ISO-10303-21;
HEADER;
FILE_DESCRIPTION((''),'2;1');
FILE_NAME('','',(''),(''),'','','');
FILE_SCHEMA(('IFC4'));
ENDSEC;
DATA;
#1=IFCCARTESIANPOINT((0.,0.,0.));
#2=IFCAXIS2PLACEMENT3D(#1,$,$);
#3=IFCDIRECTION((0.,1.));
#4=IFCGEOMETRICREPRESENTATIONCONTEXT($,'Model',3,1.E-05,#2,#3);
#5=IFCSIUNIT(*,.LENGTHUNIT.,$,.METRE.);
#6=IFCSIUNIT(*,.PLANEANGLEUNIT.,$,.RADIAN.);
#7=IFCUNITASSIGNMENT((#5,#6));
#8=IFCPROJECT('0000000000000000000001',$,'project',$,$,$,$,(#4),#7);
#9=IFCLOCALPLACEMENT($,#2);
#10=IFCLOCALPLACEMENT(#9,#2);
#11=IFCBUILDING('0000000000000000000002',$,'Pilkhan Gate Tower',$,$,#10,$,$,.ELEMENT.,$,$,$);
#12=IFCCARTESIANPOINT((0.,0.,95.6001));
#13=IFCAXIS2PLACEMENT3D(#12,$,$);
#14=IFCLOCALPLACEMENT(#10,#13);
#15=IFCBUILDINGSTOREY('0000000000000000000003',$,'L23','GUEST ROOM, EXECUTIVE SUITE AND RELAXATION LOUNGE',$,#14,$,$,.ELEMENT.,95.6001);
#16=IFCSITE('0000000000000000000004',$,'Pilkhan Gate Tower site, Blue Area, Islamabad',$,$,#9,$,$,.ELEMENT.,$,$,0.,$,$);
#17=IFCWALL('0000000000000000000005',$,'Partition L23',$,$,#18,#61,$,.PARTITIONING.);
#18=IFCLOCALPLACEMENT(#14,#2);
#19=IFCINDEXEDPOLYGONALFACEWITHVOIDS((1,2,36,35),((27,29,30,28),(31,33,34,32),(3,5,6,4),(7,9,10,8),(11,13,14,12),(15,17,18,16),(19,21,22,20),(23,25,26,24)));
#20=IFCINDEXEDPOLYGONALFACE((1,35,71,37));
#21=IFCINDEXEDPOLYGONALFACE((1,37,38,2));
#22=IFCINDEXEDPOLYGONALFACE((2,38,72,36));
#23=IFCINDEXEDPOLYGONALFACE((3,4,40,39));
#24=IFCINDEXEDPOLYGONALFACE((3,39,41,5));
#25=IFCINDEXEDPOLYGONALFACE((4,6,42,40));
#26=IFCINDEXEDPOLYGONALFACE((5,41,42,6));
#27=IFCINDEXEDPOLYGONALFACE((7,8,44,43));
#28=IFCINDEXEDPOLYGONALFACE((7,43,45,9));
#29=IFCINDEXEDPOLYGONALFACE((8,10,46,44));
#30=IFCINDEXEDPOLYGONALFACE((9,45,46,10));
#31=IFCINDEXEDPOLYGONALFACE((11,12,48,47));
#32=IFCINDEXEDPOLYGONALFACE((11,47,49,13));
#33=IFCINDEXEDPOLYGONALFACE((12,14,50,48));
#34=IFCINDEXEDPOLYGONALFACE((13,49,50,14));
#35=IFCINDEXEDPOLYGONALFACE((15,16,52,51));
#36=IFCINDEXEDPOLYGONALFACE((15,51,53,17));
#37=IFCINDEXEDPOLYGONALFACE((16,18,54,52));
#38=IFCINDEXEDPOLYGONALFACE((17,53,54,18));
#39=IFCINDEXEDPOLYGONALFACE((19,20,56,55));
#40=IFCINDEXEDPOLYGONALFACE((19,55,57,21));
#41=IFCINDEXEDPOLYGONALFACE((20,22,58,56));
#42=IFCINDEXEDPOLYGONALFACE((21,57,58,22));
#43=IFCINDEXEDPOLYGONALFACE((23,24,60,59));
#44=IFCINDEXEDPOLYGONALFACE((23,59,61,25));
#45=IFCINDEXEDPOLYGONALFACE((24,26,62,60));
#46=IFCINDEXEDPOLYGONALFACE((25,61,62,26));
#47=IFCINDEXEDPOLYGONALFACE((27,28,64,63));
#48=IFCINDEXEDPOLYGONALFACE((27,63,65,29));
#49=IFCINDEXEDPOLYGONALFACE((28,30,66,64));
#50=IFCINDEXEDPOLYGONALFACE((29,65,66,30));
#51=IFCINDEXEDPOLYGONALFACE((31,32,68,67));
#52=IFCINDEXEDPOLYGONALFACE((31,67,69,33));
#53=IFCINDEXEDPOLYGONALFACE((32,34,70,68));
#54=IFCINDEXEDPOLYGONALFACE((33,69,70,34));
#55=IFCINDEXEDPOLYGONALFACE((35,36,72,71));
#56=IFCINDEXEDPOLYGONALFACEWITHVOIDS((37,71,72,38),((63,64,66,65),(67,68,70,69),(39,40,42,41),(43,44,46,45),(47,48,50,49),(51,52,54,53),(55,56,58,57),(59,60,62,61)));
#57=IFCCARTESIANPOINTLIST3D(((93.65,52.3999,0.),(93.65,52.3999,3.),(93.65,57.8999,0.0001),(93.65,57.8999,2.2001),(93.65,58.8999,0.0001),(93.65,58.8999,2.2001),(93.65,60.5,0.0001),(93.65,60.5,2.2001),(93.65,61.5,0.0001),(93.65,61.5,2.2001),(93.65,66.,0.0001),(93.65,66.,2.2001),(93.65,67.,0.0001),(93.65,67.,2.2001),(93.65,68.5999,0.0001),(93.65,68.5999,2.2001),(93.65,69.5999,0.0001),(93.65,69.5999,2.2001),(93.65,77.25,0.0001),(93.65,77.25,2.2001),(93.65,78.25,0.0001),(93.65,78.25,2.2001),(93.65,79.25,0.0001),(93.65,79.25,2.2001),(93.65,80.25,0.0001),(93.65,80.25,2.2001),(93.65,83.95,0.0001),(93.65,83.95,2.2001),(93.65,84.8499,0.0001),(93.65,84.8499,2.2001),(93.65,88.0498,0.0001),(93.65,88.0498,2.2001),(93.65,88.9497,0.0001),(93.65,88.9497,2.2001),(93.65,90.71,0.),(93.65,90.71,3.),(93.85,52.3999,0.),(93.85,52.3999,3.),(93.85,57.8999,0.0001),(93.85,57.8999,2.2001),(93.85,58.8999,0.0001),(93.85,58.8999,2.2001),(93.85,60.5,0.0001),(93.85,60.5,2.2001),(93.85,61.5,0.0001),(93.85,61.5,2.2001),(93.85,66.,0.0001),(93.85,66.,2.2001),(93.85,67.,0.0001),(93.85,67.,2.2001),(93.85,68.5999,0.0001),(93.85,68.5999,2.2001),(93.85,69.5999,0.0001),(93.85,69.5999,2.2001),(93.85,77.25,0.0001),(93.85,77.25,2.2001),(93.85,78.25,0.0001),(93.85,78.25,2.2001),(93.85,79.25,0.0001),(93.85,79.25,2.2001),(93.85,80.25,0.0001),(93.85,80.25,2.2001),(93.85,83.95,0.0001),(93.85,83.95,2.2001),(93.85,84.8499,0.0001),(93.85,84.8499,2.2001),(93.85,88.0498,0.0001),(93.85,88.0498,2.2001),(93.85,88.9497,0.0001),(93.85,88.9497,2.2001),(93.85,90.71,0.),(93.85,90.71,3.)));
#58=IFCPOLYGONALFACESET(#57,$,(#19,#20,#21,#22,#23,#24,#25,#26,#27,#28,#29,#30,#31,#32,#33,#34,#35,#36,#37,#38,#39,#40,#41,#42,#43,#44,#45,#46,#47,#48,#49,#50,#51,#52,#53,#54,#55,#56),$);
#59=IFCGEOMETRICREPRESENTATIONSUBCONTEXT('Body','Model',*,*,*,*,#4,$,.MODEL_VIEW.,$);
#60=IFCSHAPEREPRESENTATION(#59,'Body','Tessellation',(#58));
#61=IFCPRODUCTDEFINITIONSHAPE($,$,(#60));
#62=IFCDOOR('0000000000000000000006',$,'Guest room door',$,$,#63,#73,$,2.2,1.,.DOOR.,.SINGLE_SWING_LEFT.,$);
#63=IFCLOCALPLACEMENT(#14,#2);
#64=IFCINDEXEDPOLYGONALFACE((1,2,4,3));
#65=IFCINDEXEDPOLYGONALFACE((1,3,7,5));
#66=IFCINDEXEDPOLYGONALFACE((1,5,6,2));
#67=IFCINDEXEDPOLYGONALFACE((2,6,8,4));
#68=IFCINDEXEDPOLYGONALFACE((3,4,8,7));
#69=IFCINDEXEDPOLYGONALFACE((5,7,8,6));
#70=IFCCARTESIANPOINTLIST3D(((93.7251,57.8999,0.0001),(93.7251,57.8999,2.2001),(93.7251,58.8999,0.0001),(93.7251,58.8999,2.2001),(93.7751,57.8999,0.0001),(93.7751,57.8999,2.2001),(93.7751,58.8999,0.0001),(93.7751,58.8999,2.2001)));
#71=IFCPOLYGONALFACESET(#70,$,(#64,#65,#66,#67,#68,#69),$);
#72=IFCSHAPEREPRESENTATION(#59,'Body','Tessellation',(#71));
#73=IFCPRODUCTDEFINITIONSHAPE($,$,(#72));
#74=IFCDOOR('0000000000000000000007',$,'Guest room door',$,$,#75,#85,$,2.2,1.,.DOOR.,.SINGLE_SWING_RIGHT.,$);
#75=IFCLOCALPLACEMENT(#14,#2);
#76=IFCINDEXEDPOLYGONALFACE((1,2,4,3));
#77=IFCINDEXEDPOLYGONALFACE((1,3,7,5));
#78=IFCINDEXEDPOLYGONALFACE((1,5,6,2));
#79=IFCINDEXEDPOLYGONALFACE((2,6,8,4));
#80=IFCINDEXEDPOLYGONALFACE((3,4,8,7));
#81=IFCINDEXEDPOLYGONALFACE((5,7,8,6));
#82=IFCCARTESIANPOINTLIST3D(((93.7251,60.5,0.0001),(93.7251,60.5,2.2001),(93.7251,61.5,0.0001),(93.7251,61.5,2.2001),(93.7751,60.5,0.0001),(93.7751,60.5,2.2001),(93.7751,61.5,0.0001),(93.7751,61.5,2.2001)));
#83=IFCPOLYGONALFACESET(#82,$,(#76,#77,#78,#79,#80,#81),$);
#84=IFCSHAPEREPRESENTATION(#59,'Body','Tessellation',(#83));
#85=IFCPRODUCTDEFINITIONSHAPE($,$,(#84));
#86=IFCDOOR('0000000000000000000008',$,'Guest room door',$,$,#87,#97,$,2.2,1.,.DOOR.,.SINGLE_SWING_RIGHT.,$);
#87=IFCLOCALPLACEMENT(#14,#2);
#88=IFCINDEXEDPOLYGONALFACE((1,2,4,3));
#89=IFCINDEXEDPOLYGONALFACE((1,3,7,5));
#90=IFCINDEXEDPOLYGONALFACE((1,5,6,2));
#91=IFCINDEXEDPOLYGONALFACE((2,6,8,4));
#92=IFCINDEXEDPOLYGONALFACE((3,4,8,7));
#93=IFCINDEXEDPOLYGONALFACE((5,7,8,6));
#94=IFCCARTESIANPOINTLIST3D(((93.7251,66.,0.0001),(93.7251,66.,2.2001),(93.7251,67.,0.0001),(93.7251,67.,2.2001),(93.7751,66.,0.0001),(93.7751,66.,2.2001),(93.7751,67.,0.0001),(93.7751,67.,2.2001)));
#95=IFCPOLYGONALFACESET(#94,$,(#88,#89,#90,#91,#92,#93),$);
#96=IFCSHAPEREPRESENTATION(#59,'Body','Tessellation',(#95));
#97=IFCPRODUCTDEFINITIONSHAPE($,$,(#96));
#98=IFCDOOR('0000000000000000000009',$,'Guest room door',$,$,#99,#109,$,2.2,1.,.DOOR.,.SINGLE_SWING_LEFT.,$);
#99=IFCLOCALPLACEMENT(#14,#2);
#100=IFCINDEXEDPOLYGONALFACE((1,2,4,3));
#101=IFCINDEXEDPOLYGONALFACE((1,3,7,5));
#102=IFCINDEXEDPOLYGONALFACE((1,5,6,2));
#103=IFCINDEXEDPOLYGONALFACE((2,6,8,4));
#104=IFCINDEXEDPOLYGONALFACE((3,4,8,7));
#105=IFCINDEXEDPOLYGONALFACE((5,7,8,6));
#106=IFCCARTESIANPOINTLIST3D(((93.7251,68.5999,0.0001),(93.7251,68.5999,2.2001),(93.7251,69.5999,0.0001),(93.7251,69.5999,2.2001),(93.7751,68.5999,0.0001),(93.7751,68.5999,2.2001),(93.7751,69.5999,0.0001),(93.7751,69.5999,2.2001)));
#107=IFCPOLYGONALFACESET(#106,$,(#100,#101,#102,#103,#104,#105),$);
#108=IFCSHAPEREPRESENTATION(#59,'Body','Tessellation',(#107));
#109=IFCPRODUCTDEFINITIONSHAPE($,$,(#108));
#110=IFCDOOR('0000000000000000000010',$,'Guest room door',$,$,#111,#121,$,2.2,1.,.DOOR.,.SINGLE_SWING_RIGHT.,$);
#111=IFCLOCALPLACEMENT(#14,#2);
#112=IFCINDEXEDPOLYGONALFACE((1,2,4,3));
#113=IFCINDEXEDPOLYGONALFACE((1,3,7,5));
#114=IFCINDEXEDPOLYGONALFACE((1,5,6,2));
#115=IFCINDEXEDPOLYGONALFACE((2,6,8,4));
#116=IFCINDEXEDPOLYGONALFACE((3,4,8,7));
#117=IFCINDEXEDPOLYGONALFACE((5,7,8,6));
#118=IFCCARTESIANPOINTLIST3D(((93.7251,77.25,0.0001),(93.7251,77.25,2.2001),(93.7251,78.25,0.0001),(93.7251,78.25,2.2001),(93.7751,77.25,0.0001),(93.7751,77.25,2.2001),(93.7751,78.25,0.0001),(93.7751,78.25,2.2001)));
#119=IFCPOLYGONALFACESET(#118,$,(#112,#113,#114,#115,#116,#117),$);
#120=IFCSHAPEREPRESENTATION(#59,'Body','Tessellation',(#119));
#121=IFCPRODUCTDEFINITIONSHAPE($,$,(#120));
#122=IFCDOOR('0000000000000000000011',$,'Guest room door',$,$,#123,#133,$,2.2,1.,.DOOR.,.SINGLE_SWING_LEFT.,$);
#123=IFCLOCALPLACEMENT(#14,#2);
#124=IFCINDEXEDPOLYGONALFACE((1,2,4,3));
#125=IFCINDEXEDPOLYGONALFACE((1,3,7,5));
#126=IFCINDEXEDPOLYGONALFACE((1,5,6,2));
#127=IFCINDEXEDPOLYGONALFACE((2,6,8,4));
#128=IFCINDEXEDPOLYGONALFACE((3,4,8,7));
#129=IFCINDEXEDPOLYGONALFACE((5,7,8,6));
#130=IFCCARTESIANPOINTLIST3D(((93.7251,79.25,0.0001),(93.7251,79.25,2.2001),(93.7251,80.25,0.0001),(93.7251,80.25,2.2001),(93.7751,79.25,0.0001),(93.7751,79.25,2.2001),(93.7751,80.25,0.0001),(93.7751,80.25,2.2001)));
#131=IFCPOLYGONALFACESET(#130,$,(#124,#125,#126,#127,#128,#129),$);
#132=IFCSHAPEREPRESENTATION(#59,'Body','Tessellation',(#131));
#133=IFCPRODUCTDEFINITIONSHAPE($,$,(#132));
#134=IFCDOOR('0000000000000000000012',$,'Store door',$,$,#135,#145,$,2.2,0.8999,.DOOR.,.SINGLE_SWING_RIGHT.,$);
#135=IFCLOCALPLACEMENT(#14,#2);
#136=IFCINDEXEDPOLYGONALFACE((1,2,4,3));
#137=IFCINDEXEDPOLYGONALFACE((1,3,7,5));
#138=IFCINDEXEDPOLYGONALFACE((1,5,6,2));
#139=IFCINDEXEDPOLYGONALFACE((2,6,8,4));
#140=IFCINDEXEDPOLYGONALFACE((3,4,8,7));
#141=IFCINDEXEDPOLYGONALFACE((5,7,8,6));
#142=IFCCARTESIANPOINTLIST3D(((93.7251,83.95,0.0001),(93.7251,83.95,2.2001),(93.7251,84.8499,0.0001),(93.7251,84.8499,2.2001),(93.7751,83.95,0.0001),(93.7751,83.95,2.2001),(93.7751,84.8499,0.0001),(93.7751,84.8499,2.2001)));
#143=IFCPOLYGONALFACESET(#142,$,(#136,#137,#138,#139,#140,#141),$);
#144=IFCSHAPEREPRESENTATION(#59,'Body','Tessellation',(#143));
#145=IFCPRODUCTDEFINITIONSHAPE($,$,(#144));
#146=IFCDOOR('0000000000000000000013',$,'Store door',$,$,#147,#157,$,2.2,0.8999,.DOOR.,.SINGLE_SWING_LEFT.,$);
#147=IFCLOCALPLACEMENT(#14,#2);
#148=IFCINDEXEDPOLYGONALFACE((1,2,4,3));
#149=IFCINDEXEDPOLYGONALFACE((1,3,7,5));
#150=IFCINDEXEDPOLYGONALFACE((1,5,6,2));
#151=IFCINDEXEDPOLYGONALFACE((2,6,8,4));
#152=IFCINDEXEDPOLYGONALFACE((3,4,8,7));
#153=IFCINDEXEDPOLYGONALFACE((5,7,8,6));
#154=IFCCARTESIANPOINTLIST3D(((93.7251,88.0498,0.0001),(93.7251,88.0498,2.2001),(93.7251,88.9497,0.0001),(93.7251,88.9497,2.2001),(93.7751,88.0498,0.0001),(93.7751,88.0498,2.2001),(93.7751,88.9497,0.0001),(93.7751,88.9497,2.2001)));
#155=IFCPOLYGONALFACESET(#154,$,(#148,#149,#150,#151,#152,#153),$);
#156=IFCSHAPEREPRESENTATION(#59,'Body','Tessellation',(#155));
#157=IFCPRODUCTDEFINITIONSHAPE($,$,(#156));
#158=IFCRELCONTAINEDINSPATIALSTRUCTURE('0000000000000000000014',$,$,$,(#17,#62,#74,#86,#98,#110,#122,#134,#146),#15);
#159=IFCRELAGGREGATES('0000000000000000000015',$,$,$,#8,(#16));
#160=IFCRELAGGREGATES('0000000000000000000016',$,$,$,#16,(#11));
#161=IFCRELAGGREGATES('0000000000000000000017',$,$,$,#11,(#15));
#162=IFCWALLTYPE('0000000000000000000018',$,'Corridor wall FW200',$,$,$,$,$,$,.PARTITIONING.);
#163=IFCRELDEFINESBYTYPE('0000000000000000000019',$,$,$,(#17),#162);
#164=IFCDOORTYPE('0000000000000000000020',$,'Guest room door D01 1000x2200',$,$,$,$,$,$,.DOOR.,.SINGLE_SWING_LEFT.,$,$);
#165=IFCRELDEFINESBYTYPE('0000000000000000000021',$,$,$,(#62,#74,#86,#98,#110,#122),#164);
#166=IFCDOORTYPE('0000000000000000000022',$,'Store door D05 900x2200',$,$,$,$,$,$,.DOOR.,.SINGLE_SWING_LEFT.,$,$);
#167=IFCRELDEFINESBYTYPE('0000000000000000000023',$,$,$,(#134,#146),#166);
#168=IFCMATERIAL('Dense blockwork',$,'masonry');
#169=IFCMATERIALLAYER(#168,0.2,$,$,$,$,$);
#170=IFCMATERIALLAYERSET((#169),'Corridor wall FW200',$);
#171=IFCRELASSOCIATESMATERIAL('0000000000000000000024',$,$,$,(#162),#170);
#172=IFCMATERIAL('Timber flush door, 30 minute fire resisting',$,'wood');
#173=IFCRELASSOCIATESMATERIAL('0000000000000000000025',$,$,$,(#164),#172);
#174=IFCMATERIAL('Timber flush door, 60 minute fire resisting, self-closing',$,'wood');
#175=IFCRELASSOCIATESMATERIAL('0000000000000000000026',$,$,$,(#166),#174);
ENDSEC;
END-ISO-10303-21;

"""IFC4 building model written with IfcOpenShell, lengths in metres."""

from ifc_helpers import new_model, si_unit, direction, frame, frame_2d, origin, place, context, subcontext, project, spatial, rectangle, extrude, material, layer, layer_set, type_object, element, fill, save


model = new_model("IFC4")

# Units and contexts
model_context = context("Model", 3, precision=1e-05, world=origin(), true_north=direction((0.0, 1.0)))
body_context = subcontext(model_context, "Body", "Model", "MODEL_VIEW")
ifc_project = project(units=[si_unit("LENGTHUNIT", "METRE"), si_unit("PLANEANGLEUNIT", "RADIAN")], contexts=[model_context])

# Site, building, storey
site_placement = place(None, origin())
site = spatial("IfcSite", under=ifc_project, at=site_placement, Name="Pilkhan Gate Tower site, Blue Area, Islamabad", CompositionType="ELEMENT", RefElevation=0.0)
building_placement = place(site_placement, origin())
building = spatial("IfcBuilding", under=site, at=building_placement, Name="Pilkhan Gate Tower", CompositionType="ELEMENT")
storey_placement = place(building_placement, frame((0.0, 0.0, 95.6001)))
storey = spatial("IfcBuildingStorey", under=building, at=storey_placement, Name="L23", Description="GUEST ROOM, EXECUTIVE SUITE AND RELAXATION LOUNGE", CompositionType="ELEMENT", Elevation=95.6001)

# Wall, openings, doors
ifc_material_1 = material(Name="Dense blockwork", Category="masonry")
ifc_layer_1 = layer(ifc_material_1, 0.2)
ifc_layer_set_1 = layer_set([ifc_layer_1], Name="Corridor wall FW200")
wall_type_1 = type_object("IfcWallType", Name="Corridor wall FW200", PredefinedType="PARTITIONING", material=ifc_layer_set_1)
ifc_material_2 = material(Name="Timber flush door, 30 minute fire resisting", Category="wood")
wall_1_placement = place(storey_placement, frame((93.75, 52.3999, 0.0), z_axis=(0.0, 0.0, 1.0), x_axis=(0.0, 1.0, 0.0)))
wall_1 = element("IfcWall", 1, at=wall_1_placement, inside=storey, type_object=wall_type_1, Name="Partition L23", PredefinedType="PARTITIONING", context=body_context, shape_type="SweptSolid", body=[
    extrude(rectangle(XDim=38.3101, YDim=0.2, at=frame_2d((19.155, 0.0))), origin(), (0.0, 0.0, 1.0), 3.0),
])
opening_1_placement = place(wall_1_placement, frame((5.5, 0.0, 0.0)))
opening_1 = element("IfcOpeningElement", 2, at=opening_1_placement, cuts=wall_1, PredefinedType="OPENING", context=body_context, shape_type="SweptSolid", body=[
    extrude(rectangle(XDim=1.0, YDim=2.2, at=frame_2d((0.5, 1.1001))), frame((0.0, 0.1099, 0.0), z_axis=(0.0, -1.0, 0.0), x_axis=(1.0, 0.0, 0.0)), (0.0, 0.0, 1.0), 0.22),
])
opening_2_placement = place(wall_1_placement, frame((8.1001, 0.0, 0.0)))
opening_2 = element("IfcOpeningElement", 3, at=opening_2_placement, cuts=wall_1, PredefinedType="OPENING", context=body_context, shape_type="SweptSolid", body=[
    extrude(rectangle(XDim=1.0, YDim=2.2, at=frame_2d((0.5, 1.1001))), frame((0.0, 0.1099, 0.0), z_axis=(0.0, -1.0, 0.0), x_axis=(1.0, 0.0, 0.0)), (0.0, 0.0, 1.0), 0.22),
])
opening_3_placement = place(wall_1_placement, frame((13.6001, 0.0, 0.0)))
opening_3 = element("IfcOpeningElement", 4, at=opening_3_placement, cuts=wall_1, PredefinedType="OPENING", context=body_context, shape_type="SweptSolid", body=[
    extrude(rectangle(XDim=1.0, YDim=2.2, at=frame_2d((0.5, 1.1001))), frame((0.0, 0.1099, 0.0), z_axis=(0.0, -1.0, 0.0), x_axis=(1.0, 0.0, 0.0)), (0.0, 0.0, 1.0), 0.22),
])
opening_4_placement = place(wall_1_placement, frame((16.2, 0.0, 0.0)))
opening_4 = element("IfcOpeningElement", 5, at=opening_4_placement, cuts=wall_1, PredefinedType="OPENING", context=body_context, shape_type="SweptSolid", body=[
    extrude(rectangle(XDim=1.0, YDim=2.2, at=frame_2d((0.5, 1.1001))), frame((0.0, 0.1099, 0.0), z_axis=(0.0, -1.0, 0.0), x_axis=(1.0, 0.0, 0.0)), (0.0, 0.0, 1.0), 0.22),
])
opening_5_placement = place(wall_1_placement, frame((24.8501, 0.0, 0.0)))
opening_5 = element("IfcOpeningElement", 6, at=opening_5_placement, cuts=wall_1, PredefinedType="OPENING", context=body_context, shape_type="SweptSolid", body=[
    extrude(rectangle(XDim=1.0, YDim=2.2, at=frame_2d((0.5, 1.1001))), frame((0.0, 0.1099, 0.0), z_axis=(0.0, -1.0, 0.0), x_axis=(1.0, 0.0, 0.0)), (0.0, 0.0, 1.0), 0.22),
])
opening_6_placement = place(wall_1_placement, frame((26.8501, 0.0, 0.0)))
opening_6 = element("IfcOpeningElement", 7, at=opening_6_placement, cuts=wall_1, PredefinedType="OPENING", context=body_context, shape_type="SweptSolid", body=[
    extrude(rectangle(XDim=1.0, YDim=2.2, at=frame_2d((0.5, 1.1001))), frame((0.0, 0.1099, 0.0), z_axis=(0.0, -1.0, 0.0), x_axis=(1.0, 0.0, 0.0)), (0.0, 0.0, 1.0), 0.22),
])
opening_7_placement = place(wall_1_placement, frame((31.55, 0.0, 0.0)))
opening_7 = element("IfcOpeningElement", 8, at=opening_7_placement, cuts=wall_1, PredefinedType="OPENING", context=body_context, shape_type="SweptSolid", body=[
    extrude(rectangle(XDim=0.8999, YDim=2.2, at=frame_2d((0.45, 1.1001))), frame((0.0, 0.1099, 0.0), z_axis=(0.0, -1.0, 0.0), x_axis=(1.0, 0.0, 0.0)), (0.0, 0.0, 1.0), 0.22),
])
opening_8_placement = place(wall_1_placement, frame((35.6499, 0.0, 0.0)))
opening_8 = element("IfcOpeningElement", 9, at=opening_8_placement, cuts=wall_1, PredefinedType="OPENING", context=body_context, shape_type="SweptSolid", body=[
    extrude(rectangle(XDim=0.8999, YDim=2.2, at=frame_2d((0.45, 1.1001))), frame((0.0, 0.1099, 0.0), z_axis=(0.0, -1.0, 0.0), x_axis=(1.0, 0.0, 0.0)), (0.0, 0.0, 1.0), 0.22),
])
door_type_1 = type_object("IfcDoorType", Name="Guest room door D01 1000x2200", OperationType="SINGLE_SWING_LEFT", PredefinedType="DOOR", material=ifc_material_2)
door_1_placement = place(opening_1_placement, origin())
door_1 = element("IfcDoor", 10, at=door_1_placement, inside=storey, type_object=door_type_1, Name="Guest room door", OperationType="SINGLE_SWING_LEFT", OverallHeight=2.2, OverallWidth=1.0, PredefinedType="DOOR", context=body_context, shape_type="SweptSolid", body=[
    extrude(rectangle(XDim=1.0, YDim=2.2, at=frame_2d((0.5, 1.1001))), frame((0.0, 0.0249, 0.0), z_axis=(0.0, -1.0, 0.0), x_axis=(1.0, 0.0, 0.0)), (0.0, 0.0, 1.0), 0.05),
])
fill(opening_1, door_1)
door_2_placement = place(opening_2_placement, origin())
door_2 = element("IfcDoor", 11, at=door_2_placement, inside=storey, type_object=door_type_1, Name="Guest room door", OperationType="SINGLE_SWING_RIGHT", OverallHeight=2.2, OverallWidth=1.0, PredefinedType="DOOR", context=body_context, shape_type="SweptSolid", body=[
    extrude(rectangle(XDim=1.0, YDim=2.2, at=frame_2d((0.5, 1.1001))), frame((0.0, 0.0249, 0.0), z_axis=(0.0, -1.0, 0.0), x_axis=(1.0, 0.0, 0.0)), (0.0, 0.0, 1.0), 0.05),
])
fill(opening_2, door_2)
door_3_placement = place(opening_3_placement, origin())
door_3 = element("IfcDoor", 12, at=door_3_placement, inside=storey, type_object=door_type_1, Name="Guest room door", OperationType="SINGLE_SWING_RIGHT", OverallHeight=2.2, OverallWidth=1.0, PredefinedType="DOOR", context=body_context, shape_type="SweptSolid", body=[
    extrude(rectangle(XDim=1.0, YDim=2.2, at=frame_2d((0.5, 1.1001))), frame((0.0, 0.0249, 0.0), z_axis=(0.0, -1.0, 0.0), x_axis=(1.0, 0.0, 0.0)), (0.0, 0.0, 1.0), 0.05),
])
fill(opening_3, door_3)
door_4_placement = place(opening_4_placement, origin())
door_4 = element("IfcDoor", 13, at=door_4_placement, inside=storey, type_object=door_type_1, Name="Guest room door", OperationType="SINGLE_SWING_LEFT", OverallHeight=2.2, OverallWidth=1.0, PredefinedType="DOOR", context=body_context, shape_type="SweptSolid", body=[
    extrude(rectangle(XDim=1.0, YDim=2.2, at=frame_2d((0.5, 1.1001))), frame((0.0, 0.0249, 0.0), z_axis=(0.0, -1.0, 0.0), x_axis=(1.0, 0.0, 0.0)), (0.0, 0.0, 1.0), 0.05),
])
fill(opening_4, door_4)
door_5_placement = place(opening_5_placement, origin())
door_5 = element("IfcDoor", 14, at=door_5_placement, inside=storey, type_object=door_type_1, Name="Guest room door", OperationType="SINGLE_SWING_RIGHT", OverallHeight=2.2, OverallWidth=1.0, PredefinedType="DOOR", context=body_context, shape_type="SweptSolid", body=[
    extrude(rectangle(XDim=1.0, YDim=2.2, at=frame_2d((0.5, 1.1001))), frame((0.0, 0.0249, 0.0), z_axis=(0.0, -1.0, 0.0), x_axis=(1.0, 0.0, 0.0)), (0.0, 0.0, 1.0), 0.05),
])
fill(opening_5, door_5)
door_6_placement = place(opening_6_placement, origin())
door_6 = element("IfcDoor", 15, at=door_6_placement, inside=storey, type_object=door_type_1, Name="Guest room door", OperationType="SINGLE_SWING_LEFT", OverallHeight=2.2, OverallWidth=1.0, PredefinedType="DOOR", context=body_context, shape_type="SweptSolid", body=[
    extrude(rectangle(XDim=1.0, YDim=2.2, at=frame_2d((0.5, 1.1001))), frame((0.0, 0.0249, 0.0), z_axis=(0.0, -1.0, 0.0), x_axis=(1.0, 0.0, 0.0)), (0.0, 0.0, 1.0), 0.05),
])
fill(opening_6, door_6)
ifc_material_3 = material(Name="Timber flush door, 60 minute fire resisting, self-closing", Category="wood")
door_type_2 = type_object("IfcDoorType", Name="Store door D05 900x2200", OperationType="SINGLE_SWING_LEFT", PredefinedType="DOOR", material=ifc_material_3)
door_7_placement = place(opening_7_placement, origin())
door_7 = element("IfcDoor", 16, at=door_7_placement, inside=storey, type_object=door_type_2, Name="Store door", OperationType="SINGLE_SWING_RIGHT", OverallHeight=2.2, OverallWidth=0.8999, PredefinedType="DOOR", context=body_context, shape_type="SweptSolid", body=[
    extrude(rectangle(XDim=0.8999, YDim=2.2, at=frame_2d((0.45, 1.1001))), frame((0.0, 0.0249, 0.0), z_axis=(0.0, -1.0, 0.0), x_axis=(1.0, 0.0, 0.0)), (0.0, 0.0, 1.0), 0.05),
])
fill(opening_7, door_7)
door_8_placement = place(opening_8_placement, origin())
door_8 = element("IfcDoor", 17, at=door_8_placement, inside=storey, type_object=door_type_2, Name="Store door", OperationType="SINGLE_SWING_LEFT", OverallHeight=2.2, OverallWidth=0.8999, PredefinedType="DOOR", context=body_context, shape_type="SweptSolid", body=[
    extrude(rectangle(XDim=0.8999, YDim=2.2, at=frame_2d((0.45, 1.1001))), frame((0.0, 0.0249, 0.0), z_axis=(0.0, -1.0, 0.0), x_axis=(1.0, 0.0, 0.0)), (0.0, 0.0, 1.0), 0.05),
])
fill(opening_8, door_8)

save(model, "model.ifc")
